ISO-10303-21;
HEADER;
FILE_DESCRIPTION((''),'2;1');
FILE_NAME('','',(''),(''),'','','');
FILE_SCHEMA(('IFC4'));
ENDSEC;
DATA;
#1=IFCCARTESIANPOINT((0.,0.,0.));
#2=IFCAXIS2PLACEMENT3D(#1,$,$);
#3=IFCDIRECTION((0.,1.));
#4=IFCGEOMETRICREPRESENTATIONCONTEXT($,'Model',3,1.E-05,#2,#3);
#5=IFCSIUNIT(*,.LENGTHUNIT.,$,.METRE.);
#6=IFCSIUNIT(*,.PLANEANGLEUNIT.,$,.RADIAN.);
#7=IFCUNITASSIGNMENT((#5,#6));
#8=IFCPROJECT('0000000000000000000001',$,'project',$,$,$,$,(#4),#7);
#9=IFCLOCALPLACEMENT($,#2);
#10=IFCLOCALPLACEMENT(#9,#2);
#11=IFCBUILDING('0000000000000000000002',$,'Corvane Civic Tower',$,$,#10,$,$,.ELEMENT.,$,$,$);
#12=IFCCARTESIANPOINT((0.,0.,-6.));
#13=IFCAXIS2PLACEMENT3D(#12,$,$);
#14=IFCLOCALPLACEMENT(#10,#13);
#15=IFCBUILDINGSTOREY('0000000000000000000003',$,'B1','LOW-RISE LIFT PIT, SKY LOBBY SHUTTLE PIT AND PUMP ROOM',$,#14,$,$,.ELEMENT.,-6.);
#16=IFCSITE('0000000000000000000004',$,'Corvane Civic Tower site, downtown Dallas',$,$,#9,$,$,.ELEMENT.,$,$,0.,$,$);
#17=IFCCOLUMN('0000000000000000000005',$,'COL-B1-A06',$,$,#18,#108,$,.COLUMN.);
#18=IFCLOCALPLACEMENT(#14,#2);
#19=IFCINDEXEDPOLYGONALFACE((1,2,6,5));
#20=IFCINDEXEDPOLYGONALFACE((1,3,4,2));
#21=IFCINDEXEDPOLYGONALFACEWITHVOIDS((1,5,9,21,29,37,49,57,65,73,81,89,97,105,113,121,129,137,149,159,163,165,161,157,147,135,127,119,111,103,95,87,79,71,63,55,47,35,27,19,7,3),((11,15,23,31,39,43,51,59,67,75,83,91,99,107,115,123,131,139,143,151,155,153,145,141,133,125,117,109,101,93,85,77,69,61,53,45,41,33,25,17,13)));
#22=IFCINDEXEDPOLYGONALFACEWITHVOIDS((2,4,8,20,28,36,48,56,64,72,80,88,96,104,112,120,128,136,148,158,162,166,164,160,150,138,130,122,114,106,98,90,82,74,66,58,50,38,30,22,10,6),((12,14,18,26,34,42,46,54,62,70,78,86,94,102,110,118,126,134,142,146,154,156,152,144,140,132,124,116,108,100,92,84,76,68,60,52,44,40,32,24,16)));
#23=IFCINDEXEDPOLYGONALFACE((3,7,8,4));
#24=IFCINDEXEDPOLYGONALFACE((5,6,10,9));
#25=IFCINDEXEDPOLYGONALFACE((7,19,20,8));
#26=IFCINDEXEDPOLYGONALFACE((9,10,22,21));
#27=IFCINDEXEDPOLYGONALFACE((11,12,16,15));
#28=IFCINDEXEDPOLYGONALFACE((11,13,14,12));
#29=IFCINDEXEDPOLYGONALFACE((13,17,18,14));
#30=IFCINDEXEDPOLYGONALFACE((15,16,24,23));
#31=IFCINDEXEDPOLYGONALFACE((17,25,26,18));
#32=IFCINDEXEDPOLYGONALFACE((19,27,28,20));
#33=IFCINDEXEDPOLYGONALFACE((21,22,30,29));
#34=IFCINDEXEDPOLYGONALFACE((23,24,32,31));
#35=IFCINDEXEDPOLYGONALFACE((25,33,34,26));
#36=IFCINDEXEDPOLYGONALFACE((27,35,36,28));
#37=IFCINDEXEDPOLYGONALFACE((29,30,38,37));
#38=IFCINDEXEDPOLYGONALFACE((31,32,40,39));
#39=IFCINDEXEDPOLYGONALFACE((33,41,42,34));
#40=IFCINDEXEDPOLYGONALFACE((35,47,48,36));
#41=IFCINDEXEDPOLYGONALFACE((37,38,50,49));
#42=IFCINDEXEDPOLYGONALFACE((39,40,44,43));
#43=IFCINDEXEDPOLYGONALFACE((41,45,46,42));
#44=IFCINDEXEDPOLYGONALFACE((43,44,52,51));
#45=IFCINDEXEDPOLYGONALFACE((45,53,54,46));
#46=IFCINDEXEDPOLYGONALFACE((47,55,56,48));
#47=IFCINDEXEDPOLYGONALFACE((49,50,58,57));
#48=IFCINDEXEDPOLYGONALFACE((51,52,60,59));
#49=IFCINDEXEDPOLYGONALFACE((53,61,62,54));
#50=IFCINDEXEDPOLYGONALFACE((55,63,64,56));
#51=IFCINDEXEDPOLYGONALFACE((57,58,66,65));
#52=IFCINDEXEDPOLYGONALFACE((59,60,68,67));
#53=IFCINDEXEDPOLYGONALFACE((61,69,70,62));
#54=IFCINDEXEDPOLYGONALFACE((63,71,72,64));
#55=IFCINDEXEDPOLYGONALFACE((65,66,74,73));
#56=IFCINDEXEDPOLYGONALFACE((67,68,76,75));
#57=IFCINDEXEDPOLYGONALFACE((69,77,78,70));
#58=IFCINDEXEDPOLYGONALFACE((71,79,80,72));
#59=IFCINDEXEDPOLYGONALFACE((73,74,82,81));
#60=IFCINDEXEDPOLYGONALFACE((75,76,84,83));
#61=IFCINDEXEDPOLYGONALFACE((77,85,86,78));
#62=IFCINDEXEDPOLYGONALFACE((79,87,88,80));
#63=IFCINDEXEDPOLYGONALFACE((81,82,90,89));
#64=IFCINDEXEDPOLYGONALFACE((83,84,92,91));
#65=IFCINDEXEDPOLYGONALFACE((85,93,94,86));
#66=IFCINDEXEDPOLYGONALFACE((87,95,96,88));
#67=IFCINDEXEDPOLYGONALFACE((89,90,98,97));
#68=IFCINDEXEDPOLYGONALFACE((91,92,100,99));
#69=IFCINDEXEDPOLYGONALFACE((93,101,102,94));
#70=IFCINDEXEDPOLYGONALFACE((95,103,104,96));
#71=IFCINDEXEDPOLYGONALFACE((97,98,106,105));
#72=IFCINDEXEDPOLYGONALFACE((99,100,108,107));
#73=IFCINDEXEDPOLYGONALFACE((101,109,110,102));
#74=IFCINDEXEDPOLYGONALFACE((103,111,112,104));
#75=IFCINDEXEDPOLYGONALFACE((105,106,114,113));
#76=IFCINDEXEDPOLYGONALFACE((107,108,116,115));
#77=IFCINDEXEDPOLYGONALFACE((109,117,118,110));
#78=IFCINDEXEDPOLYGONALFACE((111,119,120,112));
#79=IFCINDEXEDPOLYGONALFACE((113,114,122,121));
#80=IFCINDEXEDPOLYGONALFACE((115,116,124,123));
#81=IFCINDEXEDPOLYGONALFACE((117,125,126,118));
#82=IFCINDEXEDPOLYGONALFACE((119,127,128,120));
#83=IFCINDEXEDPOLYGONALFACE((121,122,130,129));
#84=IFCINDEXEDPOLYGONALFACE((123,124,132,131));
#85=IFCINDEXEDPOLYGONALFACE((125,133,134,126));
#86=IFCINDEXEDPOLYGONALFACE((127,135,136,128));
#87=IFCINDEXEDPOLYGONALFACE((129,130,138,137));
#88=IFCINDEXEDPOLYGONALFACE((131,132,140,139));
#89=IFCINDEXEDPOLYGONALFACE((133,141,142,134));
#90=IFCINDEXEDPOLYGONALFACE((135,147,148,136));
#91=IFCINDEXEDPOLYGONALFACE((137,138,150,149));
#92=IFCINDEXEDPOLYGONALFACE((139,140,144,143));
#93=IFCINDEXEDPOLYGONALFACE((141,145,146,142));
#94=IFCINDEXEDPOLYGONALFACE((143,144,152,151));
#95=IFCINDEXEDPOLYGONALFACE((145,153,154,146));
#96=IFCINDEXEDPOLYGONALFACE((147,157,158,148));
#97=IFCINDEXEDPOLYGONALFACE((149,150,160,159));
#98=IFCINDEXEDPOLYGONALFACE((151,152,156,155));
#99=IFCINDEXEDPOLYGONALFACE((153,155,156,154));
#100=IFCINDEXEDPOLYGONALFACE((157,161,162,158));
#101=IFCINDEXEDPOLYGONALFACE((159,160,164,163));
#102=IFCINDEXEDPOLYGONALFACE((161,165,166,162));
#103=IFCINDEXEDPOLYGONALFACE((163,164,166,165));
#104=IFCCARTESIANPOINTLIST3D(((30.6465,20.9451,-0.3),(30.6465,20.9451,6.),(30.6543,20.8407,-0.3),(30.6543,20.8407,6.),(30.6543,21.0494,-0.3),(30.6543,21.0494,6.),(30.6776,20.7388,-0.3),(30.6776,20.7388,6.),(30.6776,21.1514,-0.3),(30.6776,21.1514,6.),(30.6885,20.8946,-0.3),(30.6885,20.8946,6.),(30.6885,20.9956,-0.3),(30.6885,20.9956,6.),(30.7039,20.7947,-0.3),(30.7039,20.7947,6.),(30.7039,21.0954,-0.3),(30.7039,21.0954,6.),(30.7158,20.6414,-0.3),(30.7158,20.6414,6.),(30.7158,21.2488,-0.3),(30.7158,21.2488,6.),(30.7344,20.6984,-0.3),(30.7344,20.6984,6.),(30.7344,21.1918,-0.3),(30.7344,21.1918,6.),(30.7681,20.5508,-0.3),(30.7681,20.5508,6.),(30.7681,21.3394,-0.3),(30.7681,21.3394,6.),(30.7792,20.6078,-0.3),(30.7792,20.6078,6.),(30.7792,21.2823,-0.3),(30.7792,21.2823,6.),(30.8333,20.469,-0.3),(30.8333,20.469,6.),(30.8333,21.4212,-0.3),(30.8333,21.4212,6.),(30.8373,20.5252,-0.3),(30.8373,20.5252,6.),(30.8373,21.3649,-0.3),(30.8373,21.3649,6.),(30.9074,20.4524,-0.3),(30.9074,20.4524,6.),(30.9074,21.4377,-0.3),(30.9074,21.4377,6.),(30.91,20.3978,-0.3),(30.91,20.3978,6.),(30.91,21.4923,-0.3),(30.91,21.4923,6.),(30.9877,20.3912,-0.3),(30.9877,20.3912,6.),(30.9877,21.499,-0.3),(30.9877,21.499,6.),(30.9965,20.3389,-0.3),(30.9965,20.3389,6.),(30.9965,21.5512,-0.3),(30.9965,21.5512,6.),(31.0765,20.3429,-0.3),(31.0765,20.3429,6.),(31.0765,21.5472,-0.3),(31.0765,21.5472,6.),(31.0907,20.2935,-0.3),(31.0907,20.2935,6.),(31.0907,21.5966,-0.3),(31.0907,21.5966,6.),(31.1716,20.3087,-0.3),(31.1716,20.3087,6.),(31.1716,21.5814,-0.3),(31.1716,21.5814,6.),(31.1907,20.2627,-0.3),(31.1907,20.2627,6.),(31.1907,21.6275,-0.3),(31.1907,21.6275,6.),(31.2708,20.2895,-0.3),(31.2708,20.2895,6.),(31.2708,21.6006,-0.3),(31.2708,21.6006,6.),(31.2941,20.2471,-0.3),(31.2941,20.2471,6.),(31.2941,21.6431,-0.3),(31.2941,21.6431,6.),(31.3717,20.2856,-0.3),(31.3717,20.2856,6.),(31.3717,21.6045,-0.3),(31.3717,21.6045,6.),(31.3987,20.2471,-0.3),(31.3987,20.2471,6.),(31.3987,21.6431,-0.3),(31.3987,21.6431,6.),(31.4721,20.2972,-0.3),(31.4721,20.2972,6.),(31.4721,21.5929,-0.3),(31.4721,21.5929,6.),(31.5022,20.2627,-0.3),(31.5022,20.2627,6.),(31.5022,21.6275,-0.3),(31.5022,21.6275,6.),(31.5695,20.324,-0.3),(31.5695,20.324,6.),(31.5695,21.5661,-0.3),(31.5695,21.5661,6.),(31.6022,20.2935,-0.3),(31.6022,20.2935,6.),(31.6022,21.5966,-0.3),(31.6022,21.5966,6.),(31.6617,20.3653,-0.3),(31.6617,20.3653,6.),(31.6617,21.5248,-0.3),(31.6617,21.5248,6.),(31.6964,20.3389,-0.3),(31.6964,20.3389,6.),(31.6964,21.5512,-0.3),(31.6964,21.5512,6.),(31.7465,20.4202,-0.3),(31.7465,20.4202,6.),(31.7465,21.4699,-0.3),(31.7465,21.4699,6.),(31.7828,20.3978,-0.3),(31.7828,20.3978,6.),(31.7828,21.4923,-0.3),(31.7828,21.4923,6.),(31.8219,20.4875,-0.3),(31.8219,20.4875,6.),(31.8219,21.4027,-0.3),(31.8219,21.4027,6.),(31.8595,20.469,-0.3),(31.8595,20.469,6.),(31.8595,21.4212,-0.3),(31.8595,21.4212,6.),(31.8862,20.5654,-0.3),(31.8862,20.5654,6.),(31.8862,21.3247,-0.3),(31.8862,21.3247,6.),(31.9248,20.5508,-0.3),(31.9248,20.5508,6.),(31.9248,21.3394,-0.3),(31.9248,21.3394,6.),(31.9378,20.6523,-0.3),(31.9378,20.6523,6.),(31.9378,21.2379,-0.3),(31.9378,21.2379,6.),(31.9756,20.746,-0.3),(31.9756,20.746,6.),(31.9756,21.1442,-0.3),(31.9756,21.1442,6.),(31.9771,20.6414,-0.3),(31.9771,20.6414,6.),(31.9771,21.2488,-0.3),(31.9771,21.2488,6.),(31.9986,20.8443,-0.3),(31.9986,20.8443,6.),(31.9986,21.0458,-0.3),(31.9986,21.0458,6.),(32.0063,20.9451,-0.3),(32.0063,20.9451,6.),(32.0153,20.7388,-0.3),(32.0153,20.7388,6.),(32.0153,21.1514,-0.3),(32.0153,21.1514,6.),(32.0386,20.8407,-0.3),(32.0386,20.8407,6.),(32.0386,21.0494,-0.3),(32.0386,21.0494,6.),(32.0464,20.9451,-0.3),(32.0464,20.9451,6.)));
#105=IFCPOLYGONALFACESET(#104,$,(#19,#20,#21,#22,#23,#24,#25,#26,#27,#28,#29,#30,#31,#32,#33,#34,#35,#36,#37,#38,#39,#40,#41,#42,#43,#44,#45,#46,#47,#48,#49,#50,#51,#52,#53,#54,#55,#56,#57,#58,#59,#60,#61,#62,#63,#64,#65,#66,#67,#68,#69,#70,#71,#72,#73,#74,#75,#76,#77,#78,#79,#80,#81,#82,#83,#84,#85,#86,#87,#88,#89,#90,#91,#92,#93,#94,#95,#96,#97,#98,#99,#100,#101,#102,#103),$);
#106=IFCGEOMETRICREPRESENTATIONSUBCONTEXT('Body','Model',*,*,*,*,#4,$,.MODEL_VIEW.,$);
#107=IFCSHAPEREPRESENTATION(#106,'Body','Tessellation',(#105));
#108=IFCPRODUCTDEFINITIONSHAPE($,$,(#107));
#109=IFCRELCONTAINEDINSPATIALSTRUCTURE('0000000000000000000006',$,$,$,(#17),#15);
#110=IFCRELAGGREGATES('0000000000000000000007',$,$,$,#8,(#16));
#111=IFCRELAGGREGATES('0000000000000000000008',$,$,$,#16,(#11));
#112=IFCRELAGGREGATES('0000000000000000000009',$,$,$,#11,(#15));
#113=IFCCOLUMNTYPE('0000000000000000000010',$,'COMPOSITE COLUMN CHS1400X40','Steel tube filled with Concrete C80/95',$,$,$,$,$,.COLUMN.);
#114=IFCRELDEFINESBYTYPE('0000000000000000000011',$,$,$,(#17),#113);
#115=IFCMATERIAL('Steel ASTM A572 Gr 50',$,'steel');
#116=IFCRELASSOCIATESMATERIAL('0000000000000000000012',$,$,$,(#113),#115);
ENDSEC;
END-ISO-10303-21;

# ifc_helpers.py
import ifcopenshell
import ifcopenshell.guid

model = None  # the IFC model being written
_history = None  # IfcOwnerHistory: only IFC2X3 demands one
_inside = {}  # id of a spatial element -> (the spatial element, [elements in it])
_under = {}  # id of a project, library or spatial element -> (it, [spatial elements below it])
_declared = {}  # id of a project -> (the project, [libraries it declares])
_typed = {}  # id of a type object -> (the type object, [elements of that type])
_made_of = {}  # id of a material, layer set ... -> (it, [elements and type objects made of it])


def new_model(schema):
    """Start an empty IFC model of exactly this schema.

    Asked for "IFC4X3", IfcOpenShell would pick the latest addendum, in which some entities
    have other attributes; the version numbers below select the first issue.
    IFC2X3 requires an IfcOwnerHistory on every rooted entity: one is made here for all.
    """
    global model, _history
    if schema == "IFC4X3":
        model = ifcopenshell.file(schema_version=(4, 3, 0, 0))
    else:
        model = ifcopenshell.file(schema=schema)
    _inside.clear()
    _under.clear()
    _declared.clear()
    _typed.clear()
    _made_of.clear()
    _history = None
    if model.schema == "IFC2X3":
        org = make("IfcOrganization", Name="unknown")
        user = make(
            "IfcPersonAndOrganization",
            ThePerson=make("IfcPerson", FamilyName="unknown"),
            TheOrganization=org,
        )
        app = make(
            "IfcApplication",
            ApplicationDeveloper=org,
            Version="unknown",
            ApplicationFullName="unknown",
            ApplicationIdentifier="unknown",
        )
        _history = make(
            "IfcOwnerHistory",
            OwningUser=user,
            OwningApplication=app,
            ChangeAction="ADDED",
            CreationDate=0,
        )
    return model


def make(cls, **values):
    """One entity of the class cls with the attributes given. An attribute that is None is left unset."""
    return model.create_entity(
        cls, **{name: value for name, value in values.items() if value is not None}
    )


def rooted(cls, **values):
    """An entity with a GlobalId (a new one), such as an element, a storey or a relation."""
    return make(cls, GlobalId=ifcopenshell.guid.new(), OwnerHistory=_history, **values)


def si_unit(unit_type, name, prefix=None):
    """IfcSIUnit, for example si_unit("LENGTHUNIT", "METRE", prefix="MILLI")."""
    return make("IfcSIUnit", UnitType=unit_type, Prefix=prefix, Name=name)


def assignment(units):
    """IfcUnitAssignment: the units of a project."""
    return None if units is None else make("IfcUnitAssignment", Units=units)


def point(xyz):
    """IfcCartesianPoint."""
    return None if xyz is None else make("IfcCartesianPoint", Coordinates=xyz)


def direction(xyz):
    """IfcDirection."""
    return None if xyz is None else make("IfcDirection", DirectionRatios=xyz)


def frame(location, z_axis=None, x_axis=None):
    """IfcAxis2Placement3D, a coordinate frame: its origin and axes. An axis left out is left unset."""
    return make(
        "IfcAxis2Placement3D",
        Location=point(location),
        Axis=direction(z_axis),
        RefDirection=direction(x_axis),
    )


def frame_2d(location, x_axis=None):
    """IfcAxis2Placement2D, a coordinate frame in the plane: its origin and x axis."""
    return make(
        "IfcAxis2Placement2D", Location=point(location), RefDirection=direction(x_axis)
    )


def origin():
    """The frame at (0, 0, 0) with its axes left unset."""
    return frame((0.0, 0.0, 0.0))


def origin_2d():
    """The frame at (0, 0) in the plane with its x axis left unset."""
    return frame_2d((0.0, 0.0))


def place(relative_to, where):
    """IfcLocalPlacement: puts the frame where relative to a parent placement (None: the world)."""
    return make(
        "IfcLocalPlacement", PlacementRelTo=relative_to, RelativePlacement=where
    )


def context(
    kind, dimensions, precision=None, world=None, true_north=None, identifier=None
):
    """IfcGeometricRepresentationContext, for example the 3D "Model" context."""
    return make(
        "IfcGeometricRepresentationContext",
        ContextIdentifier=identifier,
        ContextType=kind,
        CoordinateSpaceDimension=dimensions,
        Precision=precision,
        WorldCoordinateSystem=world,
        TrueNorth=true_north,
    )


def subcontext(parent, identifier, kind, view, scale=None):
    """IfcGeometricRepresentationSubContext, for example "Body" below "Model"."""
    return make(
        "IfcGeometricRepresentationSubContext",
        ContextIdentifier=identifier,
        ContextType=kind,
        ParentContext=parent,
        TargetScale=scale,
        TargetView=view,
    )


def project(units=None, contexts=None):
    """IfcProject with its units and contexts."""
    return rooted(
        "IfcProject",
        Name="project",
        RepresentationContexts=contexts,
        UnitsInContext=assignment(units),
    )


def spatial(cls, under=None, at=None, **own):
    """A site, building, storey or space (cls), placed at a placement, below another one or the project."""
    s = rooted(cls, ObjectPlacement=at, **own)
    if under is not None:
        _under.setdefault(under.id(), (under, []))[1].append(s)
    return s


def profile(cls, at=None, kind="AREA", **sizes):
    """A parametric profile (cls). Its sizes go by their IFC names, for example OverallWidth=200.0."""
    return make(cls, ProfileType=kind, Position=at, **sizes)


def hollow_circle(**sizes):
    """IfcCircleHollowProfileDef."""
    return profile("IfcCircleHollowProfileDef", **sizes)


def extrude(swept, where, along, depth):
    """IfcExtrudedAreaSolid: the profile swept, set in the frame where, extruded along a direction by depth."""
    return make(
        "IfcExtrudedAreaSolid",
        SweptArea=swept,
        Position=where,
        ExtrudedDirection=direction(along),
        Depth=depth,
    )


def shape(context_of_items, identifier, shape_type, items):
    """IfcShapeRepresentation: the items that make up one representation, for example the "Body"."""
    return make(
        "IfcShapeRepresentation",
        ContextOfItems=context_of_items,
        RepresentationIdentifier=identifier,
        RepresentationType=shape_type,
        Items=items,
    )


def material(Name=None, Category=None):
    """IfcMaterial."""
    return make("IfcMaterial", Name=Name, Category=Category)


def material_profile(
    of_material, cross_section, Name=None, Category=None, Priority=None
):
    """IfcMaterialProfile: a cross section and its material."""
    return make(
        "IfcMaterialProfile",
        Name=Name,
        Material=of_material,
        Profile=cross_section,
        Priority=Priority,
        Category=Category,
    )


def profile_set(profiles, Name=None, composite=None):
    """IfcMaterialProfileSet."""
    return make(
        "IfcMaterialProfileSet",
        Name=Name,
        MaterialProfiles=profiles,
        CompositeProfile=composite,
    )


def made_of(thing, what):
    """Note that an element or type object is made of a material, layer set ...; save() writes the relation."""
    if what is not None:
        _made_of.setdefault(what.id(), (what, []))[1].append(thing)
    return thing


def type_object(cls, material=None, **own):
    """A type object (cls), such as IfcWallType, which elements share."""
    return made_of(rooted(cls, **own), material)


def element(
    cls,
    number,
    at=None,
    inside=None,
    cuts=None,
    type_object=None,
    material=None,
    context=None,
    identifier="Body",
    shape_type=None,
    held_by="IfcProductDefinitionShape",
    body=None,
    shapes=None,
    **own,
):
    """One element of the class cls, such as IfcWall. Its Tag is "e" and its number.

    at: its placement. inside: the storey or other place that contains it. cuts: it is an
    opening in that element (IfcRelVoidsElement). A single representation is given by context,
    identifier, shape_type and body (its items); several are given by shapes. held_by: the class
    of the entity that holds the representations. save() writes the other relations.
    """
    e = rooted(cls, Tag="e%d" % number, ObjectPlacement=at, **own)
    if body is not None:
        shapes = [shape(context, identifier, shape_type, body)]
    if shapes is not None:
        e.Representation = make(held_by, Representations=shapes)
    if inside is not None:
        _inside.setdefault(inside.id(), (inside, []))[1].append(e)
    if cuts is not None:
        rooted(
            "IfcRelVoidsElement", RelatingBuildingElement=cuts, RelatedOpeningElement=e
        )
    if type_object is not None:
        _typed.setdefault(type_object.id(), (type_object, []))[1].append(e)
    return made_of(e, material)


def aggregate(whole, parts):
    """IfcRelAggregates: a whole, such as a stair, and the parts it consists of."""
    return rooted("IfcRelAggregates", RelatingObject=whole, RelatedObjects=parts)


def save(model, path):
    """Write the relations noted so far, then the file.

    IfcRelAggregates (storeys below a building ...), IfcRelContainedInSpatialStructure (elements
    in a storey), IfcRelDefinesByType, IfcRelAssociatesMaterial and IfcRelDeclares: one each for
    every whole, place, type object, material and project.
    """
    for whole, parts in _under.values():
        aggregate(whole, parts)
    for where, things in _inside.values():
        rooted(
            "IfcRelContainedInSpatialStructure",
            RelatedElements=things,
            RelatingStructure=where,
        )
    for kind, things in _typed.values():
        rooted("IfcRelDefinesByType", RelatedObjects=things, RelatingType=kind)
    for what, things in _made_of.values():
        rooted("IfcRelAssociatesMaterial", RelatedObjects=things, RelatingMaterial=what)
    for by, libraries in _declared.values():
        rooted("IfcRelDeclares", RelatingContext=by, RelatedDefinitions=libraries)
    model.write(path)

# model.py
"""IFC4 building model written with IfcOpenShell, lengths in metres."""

from ifc_helpers import new_model, si_unit, direction, frame, origin, origin_2d, place, context, subcontext, project, spatial, hollow_circle, extrude, material, material_profile, profile_set, type_object, element, save


model = new_model("IFC4")

# Units and contexts
model_context = context("Model", 3, precision=1e-05, world=origin(), true_north=direction((0.0, 1.0)))
body_context = subcontext(model_context, "Body", "Model", "MODEL_VIEW")
ifc_project = project(units=[si_unit("LENGTHUNIT", "METRE"), si_unit("PLANEANGLEUNIT", "RADIAN")], contexts=[model_context])

# Site, building, storey
site_placement = place(None, origin())
site = spatial("IfcSite", under=ifc_project, at=site_placement, Name="Corvane Civic Tower site, downtown Dallas", CompositionType="ELEMENT", RefElevation=0.0)
building_placement = place(site_placement, origin())
building = spatial("IfcBuilding", under=site, at=building_placement, Name="Corvane Civic Tower", CompositionType="ELEMENT")
storey_placement = place(building_placement, frame((0.0, 0.0, -6.0)))
storey = spatial("IfcBuildingStorey", under=building, at=storey_placement, Name="B1", Description="LOW-RISE LIFT PIT, SKY LOBBY SHUTTLE PIT AND PUMP ROOM", CompositionType="ELEMENT", Elevation=-6.0)

# Column
ifc_material_1 = material(Name="Steel ASTM A572 Gr 50", Category="steel")
ifc_material_profile_1 = material_profile(ifc_material_1, hollow_circle(Radius=0.7, WallThickness=0.04, at=origin_2d()), Name="CHS1400X40")
ifc_profile_set_1 = profile_set([ifc_material_profile_1], Name="Steel ASTM A572 Gr 50")
column_type_1 = type_object("IfcColumnType", Name="COMPOSITE COLUMN CHS1400X40", Description="Steel tube filled with Concrete C80/95", PredefinedType="COLUMN", material=ifc_profile_set_1)
column_placement = place(storey_placement, frame((31.3464, 20.9451, -0.3), z_axis=(0.0, 0.0, 1.0), x_axis=(1.0, 0.0, 0.0)))
element("IfcColumn", 1, at=column_placement, inside=storey, type_object=column_type_1, Name="COL-B1-A06", PredefinedType="COLUMN", context=body_context, shape_type="SweptSolid", body=[
    extrude(hollow_circle(Radius=0.7, WallThickness=0.04, at=origin_2d()), origin(), (0.0, 0.0, 1.0), 6.3),
])

save(model, "model.ifc")
